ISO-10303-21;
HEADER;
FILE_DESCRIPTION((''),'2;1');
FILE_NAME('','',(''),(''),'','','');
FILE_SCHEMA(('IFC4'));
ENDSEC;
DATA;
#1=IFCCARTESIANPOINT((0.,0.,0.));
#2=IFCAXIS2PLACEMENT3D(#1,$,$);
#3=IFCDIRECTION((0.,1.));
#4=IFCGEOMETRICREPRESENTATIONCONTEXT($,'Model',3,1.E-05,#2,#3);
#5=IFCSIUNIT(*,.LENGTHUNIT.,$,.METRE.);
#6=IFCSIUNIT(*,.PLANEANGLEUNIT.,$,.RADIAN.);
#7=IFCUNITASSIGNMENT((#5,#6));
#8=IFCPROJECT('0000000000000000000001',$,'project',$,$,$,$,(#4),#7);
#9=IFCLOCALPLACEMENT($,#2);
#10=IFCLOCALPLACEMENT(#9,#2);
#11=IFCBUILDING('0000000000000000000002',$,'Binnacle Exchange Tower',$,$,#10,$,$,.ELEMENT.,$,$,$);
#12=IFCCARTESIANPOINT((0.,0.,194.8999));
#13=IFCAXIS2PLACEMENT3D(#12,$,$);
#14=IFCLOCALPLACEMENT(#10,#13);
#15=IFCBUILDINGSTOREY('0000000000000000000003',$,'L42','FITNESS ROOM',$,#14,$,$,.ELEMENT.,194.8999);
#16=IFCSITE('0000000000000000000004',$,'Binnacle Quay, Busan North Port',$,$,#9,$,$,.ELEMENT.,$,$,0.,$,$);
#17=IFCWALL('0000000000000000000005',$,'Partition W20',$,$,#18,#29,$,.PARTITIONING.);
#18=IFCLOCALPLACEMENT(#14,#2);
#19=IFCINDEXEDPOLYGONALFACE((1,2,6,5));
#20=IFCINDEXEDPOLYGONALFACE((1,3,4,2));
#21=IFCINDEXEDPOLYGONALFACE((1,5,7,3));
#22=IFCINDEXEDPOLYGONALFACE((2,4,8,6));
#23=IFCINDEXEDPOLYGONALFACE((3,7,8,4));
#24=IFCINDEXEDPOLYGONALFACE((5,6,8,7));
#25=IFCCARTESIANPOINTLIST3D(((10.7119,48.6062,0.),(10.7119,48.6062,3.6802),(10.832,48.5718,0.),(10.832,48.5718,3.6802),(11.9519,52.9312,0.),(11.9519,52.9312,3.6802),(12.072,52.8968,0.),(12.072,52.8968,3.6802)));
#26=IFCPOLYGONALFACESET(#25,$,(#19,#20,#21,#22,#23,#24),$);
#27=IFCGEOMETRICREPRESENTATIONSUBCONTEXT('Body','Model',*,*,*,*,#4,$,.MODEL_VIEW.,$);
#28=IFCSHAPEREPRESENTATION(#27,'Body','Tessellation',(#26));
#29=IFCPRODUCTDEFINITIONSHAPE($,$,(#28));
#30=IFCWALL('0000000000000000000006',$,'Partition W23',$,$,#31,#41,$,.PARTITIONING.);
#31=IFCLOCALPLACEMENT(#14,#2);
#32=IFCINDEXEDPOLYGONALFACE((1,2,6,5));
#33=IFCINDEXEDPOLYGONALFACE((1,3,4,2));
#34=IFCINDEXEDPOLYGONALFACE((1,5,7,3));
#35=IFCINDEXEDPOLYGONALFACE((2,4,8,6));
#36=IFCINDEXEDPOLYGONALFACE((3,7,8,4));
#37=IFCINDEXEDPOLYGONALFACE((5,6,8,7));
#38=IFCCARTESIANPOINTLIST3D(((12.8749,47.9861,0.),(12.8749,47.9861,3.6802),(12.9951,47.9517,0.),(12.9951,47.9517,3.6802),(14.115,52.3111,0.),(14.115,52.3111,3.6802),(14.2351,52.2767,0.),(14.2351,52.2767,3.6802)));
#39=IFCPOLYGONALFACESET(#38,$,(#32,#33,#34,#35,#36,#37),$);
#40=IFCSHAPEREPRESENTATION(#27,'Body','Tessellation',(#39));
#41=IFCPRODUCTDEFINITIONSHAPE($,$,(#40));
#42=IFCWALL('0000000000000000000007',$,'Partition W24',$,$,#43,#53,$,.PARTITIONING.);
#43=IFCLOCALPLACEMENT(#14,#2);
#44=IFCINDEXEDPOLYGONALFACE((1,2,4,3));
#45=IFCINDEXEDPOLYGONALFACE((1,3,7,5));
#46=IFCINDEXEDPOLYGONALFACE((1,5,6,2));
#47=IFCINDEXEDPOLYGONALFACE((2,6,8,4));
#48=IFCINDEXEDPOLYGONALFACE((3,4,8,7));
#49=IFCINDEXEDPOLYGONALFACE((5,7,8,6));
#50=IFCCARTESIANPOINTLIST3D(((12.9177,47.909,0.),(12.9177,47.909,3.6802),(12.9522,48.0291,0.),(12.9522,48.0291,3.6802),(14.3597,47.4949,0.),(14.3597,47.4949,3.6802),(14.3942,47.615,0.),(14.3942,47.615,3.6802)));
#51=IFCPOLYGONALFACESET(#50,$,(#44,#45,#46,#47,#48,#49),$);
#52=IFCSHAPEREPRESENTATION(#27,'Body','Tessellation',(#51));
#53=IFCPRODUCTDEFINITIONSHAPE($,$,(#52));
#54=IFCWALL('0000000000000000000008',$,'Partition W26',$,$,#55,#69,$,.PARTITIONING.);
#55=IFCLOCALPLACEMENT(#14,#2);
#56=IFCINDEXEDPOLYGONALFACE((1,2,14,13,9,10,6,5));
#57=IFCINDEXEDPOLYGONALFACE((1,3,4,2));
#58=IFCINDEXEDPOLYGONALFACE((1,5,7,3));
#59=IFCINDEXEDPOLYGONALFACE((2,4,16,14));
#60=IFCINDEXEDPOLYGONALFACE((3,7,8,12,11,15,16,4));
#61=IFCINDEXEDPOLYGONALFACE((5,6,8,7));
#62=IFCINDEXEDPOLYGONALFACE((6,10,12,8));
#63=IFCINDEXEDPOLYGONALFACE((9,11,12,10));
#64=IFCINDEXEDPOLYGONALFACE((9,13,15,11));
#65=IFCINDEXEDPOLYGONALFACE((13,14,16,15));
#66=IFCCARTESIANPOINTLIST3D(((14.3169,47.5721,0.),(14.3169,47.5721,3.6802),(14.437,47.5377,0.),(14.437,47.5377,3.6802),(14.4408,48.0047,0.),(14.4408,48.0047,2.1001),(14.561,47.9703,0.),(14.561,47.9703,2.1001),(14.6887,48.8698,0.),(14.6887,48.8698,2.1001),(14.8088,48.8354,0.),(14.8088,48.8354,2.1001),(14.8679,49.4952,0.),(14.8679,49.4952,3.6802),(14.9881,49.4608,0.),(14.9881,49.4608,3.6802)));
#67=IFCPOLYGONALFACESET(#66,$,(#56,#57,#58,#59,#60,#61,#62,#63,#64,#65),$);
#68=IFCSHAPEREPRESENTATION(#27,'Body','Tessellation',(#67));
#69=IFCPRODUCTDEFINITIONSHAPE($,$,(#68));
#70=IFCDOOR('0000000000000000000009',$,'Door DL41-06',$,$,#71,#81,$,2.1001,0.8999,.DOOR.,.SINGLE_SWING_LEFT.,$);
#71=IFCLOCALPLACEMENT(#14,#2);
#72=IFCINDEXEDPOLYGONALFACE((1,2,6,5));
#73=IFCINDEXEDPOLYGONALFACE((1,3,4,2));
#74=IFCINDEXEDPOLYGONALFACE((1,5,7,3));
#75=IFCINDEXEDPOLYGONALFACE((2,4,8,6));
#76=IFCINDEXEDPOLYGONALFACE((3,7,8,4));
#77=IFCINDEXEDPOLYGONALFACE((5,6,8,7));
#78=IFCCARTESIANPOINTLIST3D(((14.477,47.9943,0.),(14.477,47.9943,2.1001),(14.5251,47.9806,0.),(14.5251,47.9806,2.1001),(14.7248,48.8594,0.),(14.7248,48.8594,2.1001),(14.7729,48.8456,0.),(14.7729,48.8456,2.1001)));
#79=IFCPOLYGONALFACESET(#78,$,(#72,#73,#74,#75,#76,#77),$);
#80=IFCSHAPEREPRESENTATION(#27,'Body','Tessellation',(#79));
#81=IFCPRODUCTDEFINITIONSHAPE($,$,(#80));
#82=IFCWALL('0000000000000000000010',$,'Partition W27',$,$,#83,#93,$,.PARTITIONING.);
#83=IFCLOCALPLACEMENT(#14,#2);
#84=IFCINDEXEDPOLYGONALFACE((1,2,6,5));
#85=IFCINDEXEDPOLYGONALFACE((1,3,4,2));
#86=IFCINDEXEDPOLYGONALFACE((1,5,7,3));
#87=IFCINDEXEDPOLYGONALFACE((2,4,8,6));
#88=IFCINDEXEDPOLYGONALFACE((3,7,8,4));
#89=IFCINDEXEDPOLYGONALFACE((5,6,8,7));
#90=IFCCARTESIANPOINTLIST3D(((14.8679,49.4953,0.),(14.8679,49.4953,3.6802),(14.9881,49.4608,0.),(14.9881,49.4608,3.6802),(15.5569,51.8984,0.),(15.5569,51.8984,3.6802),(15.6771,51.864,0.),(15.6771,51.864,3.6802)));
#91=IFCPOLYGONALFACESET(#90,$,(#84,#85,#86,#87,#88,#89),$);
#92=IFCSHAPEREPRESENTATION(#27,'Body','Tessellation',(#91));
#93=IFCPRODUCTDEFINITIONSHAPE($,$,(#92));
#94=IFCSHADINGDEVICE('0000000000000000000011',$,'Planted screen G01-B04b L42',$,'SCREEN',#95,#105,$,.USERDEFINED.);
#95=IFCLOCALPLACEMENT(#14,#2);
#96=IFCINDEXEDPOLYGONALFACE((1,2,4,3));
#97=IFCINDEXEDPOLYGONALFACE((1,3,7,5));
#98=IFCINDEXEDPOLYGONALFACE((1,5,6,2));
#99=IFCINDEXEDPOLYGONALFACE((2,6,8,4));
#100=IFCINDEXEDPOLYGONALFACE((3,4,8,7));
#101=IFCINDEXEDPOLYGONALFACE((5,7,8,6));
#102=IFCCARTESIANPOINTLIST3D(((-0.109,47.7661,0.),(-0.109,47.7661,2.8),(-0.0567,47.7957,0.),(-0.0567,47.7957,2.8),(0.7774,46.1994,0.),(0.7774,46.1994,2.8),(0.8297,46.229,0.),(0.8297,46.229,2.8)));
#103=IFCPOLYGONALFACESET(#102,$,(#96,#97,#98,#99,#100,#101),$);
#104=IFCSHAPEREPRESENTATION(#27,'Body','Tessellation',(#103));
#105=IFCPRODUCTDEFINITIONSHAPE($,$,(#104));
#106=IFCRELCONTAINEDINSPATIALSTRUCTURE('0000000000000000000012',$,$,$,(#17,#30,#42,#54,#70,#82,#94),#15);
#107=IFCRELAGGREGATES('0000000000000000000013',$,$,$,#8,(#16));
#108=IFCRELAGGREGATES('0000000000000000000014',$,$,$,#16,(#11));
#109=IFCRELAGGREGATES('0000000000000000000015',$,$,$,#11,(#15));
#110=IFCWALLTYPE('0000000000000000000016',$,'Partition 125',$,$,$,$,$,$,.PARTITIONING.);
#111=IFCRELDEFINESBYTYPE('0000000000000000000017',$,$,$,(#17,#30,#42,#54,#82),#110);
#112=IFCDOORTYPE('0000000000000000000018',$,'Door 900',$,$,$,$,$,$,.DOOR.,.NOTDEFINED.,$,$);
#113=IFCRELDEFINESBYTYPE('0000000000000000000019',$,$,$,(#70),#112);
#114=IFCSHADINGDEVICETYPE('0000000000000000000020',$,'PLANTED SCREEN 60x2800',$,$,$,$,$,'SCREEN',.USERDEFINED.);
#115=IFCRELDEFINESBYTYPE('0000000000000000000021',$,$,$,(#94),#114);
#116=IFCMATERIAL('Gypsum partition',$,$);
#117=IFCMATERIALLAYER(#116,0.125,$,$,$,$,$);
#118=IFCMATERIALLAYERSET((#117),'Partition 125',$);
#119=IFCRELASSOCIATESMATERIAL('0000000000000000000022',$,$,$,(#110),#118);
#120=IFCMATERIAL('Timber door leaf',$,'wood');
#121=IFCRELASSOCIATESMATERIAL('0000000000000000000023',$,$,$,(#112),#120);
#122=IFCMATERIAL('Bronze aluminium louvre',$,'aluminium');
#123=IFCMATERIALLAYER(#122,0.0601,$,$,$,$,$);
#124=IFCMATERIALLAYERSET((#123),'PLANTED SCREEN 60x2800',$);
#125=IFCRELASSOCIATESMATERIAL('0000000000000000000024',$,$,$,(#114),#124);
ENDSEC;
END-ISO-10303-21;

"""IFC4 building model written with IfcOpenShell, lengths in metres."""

from ifc_helpers import new_model, si_unit, direction, frame, frame_2d, origin, origin_2d, place, context, subcontext, project, spatial, rectangle, extrude, material, layer, layer_set, type_object, element, fill, save


model = new_model("IFC4")

# Units and contexts
model_context = context("Model", 3, precision=1e-05, world=origin(), true_north=direction((0.0, 1.0)))
body_context = subcontext(model_context, "Body", "Model", "MODEL_VIEW")
ifc_project = project(units=[si_unit("LENGTHUNIT", "METRE"), si_unit("PLANEANGLEUNIT", "RADIAN")], contexts=[model_context])

# Site, building, storey
site_placement = place(None, origin())
site = spatial("IfcSite", under=ifc_project, at=site_placement, Name="Binnacle Quay, Busan North Port", CompositionType="ELEMENT", RefElevation=0.0)
building_placement = place(site_placement, origin())
building = spatial("IfcBuilding", under=site, at=building_placement, Name="Binnacle Exchange Tower", CompositionType="ELEMENT")
storey_placement = place(building_placement, frame((0.0, 0.0, 194.8999)))
storey = spatial("IfcBuildingStorey", under=building, at=storey_placement, Name="L42", Description="FITNESS ROOM", CompositionType="ELEMENT", Elevation=194.8999)

# Walls
ifc_material_1 = material(Name="Gypsum partition")
ifc_layer_1 = layer(ifc_material_1, 0.125)
ifc_layer_set_1 = layer_set([ifc_layer_1], Name="Partition 125")
wall_type_1 = type_object("IfcWallType", Name="Partition 125", PredefinedType="PARTITIONING", material=ifc_layer_set_1)
for number, where, z_axis, x_axis, name in (
    (1, (10.772, 48.5891, 0.0), (0.0, 0.0, 1.0), (0.275603, 0.961272, 0.0), "Partition W20"),
    (2, (12.9351, 47.969, 0.0), (0.0, 0.0, 1.0), (0.275603, 0.961272, 0.0), "Partition W23"),
):
    element("IfcWall", number, at=place(storey_placement, frame(where, z_axis=z_axis, x_axis=x_axis)), inside=storey, type_object=wall_type_1, Name=name, PredefinedType="PARTITIONING", context=body_context, shape_type="SweptSolid", body=[
        extrude(rectangle(XDim=4.4993, YDim=0.125, at=frame_2d((2.2495, 0.0))), origin(), (0.0, 0.0, 1.0), 3.6802),
    ])
wall_1_placement = place(storey_placement, frame((12.9351, 47.969, 0.0), z_axis=(0.0, 0.0, 1.0), x_axis=(0.961155, -0.276011, 0.0)))
element("IfcWall", 3, at=wall_1_placement, inside=storey, type_object=wall_type_1, Name="Partition W24", PredefinedType="PARTITIONING", context=body_context, shape_type="SweptSolid", body=[
    extrude(rectangle(XDim=1.5002, YDim=0.125, at=frame_2d((0.75, 0.0))), origin(), (0.0, 0.0, 1.0), 3.6802),
])

# Wall, opening, door
wall_2_placement = place(storey_placement, frame((14.377, 47.5549, 0.0), z_axis=(0.0, 0.0, 1.0), x_axis=(0.275446, 0.961316, 0.0)))
wall_2 = element("IfcWall", 4, at=wall_2_placement, inside=storey, type_object=wall_type_1, Name="Partition W26", PredefinedType="PARTITIONING", context=body_context, shape_type="SweptSolid", body=[
    extrude(rectangle(XDim=2.0005, YDim=0.125, at=frame_2d((1.0002, 0.0))), origin(), (0.0, 0.0, 1.0), 3.6802),
])
opening_1_placement = place(wall_2_placement, frame((0.45, 0.0, 0.0)))
opening_1 = element("IfcOpeningElement", 5, at=opening_1_placement, cuts=wall_2, PredefinedType="OPENING", context=body_context, shape_type="SweptSolid", body=[
    extrude(rectangle(XDim=0.8999, YDim=2.1001, at=frame_2d((0.45, 1.05))), frame((0.0, 0.0725, 0.0), z_axis=(0.0, -1.0, 0.0), x_axis=(1.0, 0.0, 0.0)), (0.0, 0.0, 1.0), 0.145),
])
ifc_material_2 = material(Name="Timber door leaf", Category="wood")
door_type_1 = type_object("IfcDoorType", Name="Door 900", OperationType="NOTDEFINED", PredefinedType="DOOR", material=ifc_material_2)
door_1_placement = place(opening_1_placement, origin())
door_1 = element("IfcDoor", 6, at=door_1_placement, inside=storey, type_object=door_type_1, Name="Door DL41-06", OperationType="SINGLE_SWING_LEFT", OverallHeight=2.1001, OverallWidth=0.8999, PredefinedType="DOOR", context=body_context, shape_type="SweptSolid", body=[
    extrude(rectangle(XDim=0.8999, YDim=2.1001, at=frame_2d((0.45, 1.05))), frame((0.0, 0.0249, 0.0), z_axis=(0.0, -1.0, 0.0), x_axis=(1.0, 0.0, 0.0)), (0.0, 0.0, 1.0), 0.05),
])
fill(opening_1, door_1)

# Wall
wall_3_placement = place(storey_placement, frame((14.928, 49.478, 0.0), z_axis=(0.0, 0.0, 1.0), x_axis=(0.275598, 0.961273, 0.0)))
element("IfcWall", 7, at=wall_3_placement, inside=storey, type_object=wall_type_1, Name="Partition W27", PredefinedType="PARTITIONING", context=body_context, shape_type="SweptSolid", body=[
    extrude(rectangle(XDim=2.5, YDim=0.125, at=frame_2d((1.25, 0.0))), origin(), (0.0, 0.0, 1.0), 3.6802),
])

# Shading device
ifc_material_3 = material(Name="Bronze aluminium louvre", Category="aluminium")
ifc_layer_2 = layer(ifc_material_3, 0.0601)
ifc_layer_set_2 = layer_set([ifc_layer_2], Name="PLANTED SCREEN 60x2800")
shading_device_type = type_object("IfcShadingDeviceType", Name="PLANTED SCREEN 60x2800", ElementType="SCREEN", PredefinedType="USERDEFINED", material=ifc_layer_set_2)
shading_device_placement = place(storey_placement, frame((0.3604, 46.9976, 0.0), z_axis=(0.0, 0.0, 1.0), x_axis=(0.870356, 0.492424, 0.0)))
element("IfcShadingDevice", 8, at=shading_device_placement, inside=storey, type_object=shading_device_type, Name="Planted screen G01-B04b L42", ObjectType="SCREEN", PredefinedType="USERDEFINED", context=body_context, shape_type="SweptSolid", body=[
    extrude(rectangle(XDim=0.0601, YDim=1.8, at=origin_2d()), origin(), (0.0, 0.0, 1.0), 2.8),
])

save(model, "model.ifc")
